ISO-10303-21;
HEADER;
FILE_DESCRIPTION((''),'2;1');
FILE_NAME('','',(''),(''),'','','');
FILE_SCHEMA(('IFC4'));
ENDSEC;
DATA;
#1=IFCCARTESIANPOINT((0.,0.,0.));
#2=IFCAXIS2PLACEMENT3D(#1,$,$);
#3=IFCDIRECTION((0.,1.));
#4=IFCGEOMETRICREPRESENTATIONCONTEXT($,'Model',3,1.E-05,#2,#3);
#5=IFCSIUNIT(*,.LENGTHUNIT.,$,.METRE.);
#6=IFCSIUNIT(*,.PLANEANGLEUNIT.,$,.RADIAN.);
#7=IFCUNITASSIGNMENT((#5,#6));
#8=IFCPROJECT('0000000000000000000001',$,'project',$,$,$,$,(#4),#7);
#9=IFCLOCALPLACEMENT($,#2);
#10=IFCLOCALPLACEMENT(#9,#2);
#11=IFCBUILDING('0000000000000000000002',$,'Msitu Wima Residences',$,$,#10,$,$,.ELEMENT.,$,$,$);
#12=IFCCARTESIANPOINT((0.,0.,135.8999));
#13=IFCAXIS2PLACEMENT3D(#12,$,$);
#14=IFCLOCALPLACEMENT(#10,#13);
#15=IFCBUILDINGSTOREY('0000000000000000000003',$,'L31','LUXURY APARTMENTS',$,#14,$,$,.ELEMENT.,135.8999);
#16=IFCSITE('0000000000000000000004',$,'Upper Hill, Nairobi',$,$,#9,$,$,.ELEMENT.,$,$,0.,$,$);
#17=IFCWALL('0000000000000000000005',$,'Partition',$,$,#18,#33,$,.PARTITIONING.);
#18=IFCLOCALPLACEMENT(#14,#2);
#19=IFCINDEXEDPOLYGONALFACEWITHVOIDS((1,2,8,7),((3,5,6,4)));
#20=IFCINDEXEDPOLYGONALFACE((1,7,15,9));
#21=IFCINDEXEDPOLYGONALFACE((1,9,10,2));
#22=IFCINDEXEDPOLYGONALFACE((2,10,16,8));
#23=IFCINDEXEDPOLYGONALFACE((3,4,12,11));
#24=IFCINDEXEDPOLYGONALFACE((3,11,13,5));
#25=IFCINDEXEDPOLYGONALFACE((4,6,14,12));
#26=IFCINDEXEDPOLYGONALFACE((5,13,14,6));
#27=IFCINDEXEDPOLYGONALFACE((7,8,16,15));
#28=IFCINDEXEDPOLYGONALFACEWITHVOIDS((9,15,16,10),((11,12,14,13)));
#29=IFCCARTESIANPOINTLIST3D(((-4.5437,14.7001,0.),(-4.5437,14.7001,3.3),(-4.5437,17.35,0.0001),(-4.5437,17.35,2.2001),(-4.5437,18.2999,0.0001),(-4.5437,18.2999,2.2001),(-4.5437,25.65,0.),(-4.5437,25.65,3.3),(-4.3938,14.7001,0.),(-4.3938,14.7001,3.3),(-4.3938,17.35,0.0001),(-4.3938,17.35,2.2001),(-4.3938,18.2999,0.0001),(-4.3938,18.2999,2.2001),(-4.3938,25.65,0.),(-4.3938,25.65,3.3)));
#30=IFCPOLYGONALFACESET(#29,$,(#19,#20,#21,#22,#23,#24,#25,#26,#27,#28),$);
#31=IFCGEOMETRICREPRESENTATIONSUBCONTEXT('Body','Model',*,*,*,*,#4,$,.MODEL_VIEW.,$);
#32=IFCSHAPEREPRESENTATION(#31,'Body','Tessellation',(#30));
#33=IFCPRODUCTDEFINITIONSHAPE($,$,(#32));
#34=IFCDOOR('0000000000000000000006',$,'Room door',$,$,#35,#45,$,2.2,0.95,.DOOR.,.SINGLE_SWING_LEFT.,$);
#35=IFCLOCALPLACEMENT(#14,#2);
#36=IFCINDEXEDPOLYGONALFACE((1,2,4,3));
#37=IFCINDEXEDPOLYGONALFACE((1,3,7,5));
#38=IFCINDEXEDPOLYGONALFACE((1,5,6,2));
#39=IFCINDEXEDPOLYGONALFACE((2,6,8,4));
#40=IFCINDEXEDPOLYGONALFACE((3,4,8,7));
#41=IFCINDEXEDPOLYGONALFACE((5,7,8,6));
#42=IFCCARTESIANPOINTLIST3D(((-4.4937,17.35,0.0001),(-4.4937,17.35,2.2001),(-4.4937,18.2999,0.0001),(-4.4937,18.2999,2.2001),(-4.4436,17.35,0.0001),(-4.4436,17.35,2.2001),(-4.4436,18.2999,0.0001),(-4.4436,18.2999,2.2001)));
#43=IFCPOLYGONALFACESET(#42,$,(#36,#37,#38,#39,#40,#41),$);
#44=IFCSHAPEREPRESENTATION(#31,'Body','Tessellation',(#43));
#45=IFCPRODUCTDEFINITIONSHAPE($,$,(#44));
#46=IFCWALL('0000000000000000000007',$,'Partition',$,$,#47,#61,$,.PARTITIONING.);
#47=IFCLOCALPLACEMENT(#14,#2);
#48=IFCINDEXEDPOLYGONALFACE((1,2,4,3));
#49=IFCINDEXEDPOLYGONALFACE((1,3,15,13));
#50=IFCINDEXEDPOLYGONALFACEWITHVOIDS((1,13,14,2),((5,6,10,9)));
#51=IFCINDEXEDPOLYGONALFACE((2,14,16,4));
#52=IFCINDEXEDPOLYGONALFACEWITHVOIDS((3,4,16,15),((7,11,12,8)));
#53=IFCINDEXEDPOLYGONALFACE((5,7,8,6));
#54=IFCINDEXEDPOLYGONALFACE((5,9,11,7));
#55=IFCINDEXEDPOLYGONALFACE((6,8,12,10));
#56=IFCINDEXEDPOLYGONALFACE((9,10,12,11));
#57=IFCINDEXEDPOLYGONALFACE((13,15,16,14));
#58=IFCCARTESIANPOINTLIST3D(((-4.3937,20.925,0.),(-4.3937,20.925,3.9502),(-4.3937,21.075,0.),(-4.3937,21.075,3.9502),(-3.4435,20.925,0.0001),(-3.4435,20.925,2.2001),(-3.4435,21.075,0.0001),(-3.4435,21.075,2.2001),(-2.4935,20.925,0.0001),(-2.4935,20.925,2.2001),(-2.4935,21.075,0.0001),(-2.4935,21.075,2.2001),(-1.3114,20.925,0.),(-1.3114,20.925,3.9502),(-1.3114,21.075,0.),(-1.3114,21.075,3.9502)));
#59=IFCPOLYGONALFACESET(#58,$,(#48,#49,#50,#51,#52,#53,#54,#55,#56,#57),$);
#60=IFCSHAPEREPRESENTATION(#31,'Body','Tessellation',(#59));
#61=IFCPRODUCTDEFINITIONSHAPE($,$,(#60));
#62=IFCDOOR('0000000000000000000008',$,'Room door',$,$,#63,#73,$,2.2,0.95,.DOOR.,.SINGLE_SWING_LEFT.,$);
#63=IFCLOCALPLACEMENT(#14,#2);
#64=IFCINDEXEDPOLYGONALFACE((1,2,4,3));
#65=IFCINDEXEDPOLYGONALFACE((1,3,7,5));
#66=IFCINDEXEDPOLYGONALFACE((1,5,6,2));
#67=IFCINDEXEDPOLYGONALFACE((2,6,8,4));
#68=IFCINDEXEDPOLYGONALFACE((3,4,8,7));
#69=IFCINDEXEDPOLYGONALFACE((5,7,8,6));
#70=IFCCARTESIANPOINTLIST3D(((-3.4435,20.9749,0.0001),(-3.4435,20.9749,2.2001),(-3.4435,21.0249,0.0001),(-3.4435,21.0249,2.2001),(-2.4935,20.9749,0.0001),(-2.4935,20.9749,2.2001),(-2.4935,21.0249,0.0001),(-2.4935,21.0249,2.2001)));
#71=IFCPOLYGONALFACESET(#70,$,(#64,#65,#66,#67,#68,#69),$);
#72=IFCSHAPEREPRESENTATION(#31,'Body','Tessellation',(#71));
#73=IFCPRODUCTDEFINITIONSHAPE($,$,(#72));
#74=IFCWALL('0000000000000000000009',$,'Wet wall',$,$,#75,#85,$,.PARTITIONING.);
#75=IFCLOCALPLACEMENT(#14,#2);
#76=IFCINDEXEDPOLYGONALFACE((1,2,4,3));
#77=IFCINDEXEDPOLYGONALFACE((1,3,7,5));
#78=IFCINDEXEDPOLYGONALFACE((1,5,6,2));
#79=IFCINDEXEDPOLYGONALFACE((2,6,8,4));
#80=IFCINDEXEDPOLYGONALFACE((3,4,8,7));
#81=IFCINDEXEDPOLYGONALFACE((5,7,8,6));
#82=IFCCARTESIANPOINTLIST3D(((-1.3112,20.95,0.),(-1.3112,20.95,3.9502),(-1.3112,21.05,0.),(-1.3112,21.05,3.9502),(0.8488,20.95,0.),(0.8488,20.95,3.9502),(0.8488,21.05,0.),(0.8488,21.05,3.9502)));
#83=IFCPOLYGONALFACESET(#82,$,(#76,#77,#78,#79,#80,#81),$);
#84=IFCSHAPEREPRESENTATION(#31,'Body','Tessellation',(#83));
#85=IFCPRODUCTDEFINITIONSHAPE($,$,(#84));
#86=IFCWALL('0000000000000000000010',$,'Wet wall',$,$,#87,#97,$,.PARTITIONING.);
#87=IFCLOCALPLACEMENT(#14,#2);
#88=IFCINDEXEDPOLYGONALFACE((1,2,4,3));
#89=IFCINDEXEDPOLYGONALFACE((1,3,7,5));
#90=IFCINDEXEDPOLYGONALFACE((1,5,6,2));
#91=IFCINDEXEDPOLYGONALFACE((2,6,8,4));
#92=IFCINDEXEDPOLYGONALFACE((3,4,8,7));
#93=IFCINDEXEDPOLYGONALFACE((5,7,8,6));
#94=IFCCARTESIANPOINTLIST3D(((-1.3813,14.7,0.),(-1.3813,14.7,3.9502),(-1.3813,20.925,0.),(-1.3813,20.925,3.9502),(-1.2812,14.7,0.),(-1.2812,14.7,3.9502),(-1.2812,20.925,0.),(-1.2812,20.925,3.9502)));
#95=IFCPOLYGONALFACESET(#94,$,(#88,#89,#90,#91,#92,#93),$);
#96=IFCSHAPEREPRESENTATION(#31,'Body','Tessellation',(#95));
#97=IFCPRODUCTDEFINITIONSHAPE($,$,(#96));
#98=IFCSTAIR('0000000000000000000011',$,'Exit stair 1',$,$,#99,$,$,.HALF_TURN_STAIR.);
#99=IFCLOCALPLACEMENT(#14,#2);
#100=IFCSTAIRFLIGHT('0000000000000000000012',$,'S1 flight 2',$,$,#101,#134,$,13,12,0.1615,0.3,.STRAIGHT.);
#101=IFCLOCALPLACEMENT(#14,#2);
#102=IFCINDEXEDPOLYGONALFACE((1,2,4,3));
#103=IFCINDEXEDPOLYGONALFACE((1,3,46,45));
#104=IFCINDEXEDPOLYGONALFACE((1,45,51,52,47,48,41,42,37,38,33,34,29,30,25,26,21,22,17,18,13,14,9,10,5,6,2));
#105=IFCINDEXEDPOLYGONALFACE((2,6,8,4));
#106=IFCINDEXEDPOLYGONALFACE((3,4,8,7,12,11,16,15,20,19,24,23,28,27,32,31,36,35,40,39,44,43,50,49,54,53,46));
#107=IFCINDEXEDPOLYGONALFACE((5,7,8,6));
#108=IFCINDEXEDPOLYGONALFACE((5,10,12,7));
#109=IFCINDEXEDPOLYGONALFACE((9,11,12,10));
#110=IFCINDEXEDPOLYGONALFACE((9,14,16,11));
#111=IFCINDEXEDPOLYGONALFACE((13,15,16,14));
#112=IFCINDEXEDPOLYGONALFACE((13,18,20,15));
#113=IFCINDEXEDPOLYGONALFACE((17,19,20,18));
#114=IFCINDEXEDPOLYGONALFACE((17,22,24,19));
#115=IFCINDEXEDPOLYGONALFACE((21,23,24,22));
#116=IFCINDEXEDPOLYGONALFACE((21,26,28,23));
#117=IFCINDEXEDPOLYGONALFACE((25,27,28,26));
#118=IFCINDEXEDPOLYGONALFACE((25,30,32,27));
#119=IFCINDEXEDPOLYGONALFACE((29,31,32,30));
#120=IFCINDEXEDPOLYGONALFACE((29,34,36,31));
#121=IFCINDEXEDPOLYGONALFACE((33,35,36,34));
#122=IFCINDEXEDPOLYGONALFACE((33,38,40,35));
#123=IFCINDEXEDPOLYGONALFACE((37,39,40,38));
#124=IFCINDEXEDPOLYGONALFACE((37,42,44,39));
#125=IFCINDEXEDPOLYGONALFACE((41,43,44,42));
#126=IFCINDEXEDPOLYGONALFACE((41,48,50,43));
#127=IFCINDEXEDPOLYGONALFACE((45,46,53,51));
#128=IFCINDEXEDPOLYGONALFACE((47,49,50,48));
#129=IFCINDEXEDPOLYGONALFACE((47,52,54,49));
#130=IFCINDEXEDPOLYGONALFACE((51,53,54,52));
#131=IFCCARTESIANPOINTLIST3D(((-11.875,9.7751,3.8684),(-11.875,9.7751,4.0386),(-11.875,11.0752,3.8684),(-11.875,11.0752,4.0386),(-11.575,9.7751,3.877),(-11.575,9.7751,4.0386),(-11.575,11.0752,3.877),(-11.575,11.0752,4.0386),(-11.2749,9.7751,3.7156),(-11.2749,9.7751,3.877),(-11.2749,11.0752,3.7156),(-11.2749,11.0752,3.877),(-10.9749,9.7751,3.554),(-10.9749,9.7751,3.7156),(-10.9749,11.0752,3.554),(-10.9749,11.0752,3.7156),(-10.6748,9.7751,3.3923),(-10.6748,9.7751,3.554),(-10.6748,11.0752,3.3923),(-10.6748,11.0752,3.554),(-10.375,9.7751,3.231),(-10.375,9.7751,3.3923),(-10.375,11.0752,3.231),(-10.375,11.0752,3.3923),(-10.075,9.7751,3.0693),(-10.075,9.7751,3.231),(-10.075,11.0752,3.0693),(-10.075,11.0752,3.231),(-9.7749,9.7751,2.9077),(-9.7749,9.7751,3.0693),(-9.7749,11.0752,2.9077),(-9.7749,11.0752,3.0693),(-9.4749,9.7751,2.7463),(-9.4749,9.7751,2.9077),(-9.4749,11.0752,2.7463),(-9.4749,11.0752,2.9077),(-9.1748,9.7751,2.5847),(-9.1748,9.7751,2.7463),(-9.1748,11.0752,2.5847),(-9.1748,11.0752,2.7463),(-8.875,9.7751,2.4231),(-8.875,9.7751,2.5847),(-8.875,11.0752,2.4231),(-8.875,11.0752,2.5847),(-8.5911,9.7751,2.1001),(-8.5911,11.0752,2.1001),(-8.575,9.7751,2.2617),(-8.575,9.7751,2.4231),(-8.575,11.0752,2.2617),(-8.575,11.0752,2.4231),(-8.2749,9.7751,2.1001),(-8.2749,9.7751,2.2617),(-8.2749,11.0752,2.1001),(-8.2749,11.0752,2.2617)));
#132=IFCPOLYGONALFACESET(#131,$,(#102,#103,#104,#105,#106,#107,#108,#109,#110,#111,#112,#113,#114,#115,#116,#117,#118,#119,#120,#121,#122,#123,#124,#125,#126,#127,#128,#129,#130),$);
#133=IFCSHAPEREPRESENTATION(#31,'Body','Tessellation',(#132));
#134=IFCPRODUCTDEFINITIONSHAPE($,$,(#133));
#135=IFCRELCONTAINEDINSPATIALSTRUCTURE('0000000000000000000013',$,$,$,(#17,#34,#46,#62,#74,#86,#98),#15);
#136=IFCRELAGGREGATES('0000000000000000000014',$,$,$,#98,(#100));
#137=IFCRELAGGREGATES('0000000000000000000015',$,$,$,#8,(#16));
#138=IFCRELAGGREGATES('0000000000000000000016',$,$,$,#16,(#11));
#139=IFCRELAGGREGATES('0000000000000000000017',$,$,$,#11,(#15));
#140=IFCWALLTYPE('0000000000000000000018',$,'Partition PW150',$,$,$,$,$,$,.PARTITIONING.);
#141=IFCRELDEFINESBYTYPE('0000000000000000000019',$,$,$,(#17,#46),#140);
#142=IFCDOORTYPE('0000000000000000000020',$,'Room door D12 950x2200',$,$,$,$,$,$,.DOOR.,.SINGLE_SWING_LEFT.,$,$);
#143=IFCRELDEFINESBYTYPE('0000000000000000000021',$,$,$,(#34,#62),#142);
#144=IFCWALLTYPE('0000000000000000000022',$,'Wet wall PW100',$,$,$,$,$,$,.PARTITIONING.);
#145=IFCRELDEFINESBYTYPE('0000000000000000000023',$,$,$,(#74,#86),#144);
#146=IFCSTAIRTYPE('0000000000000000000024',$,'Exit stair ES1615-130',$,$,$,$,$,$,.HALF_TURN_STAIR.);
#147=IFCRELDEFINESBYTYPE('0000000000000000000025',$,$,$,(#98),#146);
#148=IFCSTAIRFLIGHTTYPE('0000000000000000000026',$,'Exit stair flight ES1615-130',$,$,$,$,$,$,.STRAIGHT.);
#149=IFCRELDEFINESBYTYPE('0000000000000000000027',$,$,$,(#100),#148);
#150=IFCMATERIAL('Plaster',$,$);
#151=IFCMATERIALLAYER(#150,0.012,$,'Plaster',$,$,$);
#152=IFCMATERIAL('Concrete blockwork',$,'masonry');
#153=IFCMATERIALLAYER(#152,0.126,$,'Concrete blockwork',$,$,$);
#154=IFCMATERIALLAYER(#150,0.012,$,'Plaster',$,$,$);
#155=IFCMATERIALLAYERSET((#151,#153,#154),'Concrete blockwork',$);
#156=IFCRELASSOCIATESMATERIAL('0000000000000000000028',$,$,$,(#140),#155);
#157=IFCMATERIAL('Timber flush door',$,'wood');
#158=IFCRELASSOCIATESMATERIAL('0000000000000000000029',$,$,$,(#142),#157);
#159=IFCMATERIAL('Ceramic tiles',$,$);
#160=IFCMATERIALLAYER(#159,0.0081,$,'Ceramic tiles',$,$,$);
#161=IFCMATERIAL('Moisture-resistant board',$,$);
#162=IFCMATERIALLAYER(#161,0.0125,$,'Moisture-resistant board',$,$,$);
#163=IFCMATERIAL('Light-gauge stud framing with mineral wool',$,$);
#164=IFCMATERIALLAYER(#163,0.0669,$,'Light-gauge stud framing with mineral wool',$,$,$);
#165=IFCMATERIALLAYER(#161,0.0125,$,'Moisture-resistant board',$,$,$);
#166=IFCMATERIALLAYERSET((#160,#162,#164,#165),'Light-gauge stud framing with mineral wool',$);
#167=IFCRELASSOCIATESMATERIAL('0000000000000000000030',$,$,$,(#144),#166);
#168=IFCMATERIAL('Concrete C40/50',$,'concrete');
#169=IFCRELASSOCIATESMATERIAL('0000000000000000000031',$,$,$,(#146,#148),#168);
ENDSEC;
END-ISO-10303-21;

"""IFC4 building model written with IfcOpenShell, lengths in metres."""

from ifc_helpers import new_model, si_unit, direction, frame, frame_2d, origin, place, context, subcontext, project, spatial, polyline, rectangle, outline, extrude, material, layer, layer_set, type_object, element, fill, aggregate, save


model = new_model("IFC4")

# Units and contexts
model_context = context("Model", 3, precision=1e-05, world=origin(), true_north=direction((0.0, 1.0)))
body_context = subcontext(model_context, "Body", "Model", "MODEL_VIEW")
ifc_project = project(units=[si_unit("LENGTHUNIT", "METRE"), si_unit("PLANEANGLEUNIT", "RADIAN")], contexts=[model_context])

# Site, building, storey
site_placement = place(None, origin())
site = spatial("IfcSite", under=ifc_project, at=site_placement, Name="Upper Hill, Nairobi", CompositionType="ELEMENT", RefElevation=0.0)
building_placement = place(site_placement, origin())
building = spatial("IfcBuilding", under=site, at=building_placement, Name="Msitu Wima Residences", CompositionType="ELEMENT")
storey_placement = place(building_placement, frame((0.0, 0.0, 135.8999)))
storey = spatial("IfcBuildingStorey", under=building, at=storey_placement, Name="L31", Description="LUXURY APARTMENTS", CompositionType="ELEMENT", Elevation=135.8999)

# Shared definitions
ifc_material_1 = material(Name="Concrete C40/50", Category="concrete")

# Shared definitions
ifc_material_2 = material(Name="Plaster")
ifc_layer_1 = layer(ifc_material_2, 0.012, Name="Plaster")
ifc_material_3 = material(Name="Concrete blockwork", Category="masonry")
ifc_layer_2 = layer(ifc_material_3, 0.126, Name="Concrete blockwork")
ifc_layer_3 = layer(ifc_material_2, 0.012, Name="Plaster")
ifc_layer_set_1 = layer_set([ifc_layer_1, ifc_layer_2, ifc_layer_3], Name="Concrete blockwork")
wall_type_1 = type_object("IfcWallType", Name="Partition PW150", PredefinedType="PARTITIONING", material=ifc_layer_set_1)
ifc_material_4 = material(Name="Timber flush door", Category="wood")
door_type_1 = type_object("IfcDoorType", Name="Room door D12 950x2200", OperationType="SINGLE_SWING_LEFT", PredefinedType="DOOR", material=ifc_material_4)

# Walls, openings, doors
wall_1_placement = place(storey_placement, frame((-4.4688, 14.7, 0.0), z_axis=(0.0, 0.0, 1.0), x_axis=(0.0, 1.0, 0.0)))
wall_1 = element("IfcWall", 1, at=wall_1_placement, inside=storey, type_object=wall_type_1, Name="Partition", PredefinedType="PARTITIONING", context=body_context, shape_type="SweptSolid", body=[
    extrude(rectangle(XDim=10.95, YDim=0.1499, at=frame_2d((5.4751, 0.0))), origin(), (0.0, 0.0, 1.0), 3.3),
])
opening_1_placement = place(wall_1_placement, frame((2.6499, 0.0, 0.0)))
opening_1 = element("IfcOpeningElement", 2, at=opening_1_placement, cuts=wall_1, PredefinedType="OPENING", context=body_context, shape_type="SweptSolid", body=[
    extrude(rectangle(XDim=0.95, YDim=2.2, at=frame_2d((0.4751, 1.1001))), frame((0.0, 0.085, 0.0), z_axis=(0.0, -1.0, 0.0), x_axis=(1.0, 0.0, 0.0)), (0.0, 0.0, 1.0), 0.1699),
])
door_1_placement = place(opening_1_placement, origin())
door_1 = element("IfcDoor", 3, at=door_1_placement, inside=storey, type_object=door_type_1, Name="Room door", OperationType="SINGLE_SWING_LEFT", OverallHeight=2.2, OverallWidth=0.95, PredefinedType="DOOR", context=body_context, shape_type="SweptSolid", body=[
    extrude(rectangle(XDim=0.95, YDim=2.2, at=frame_2d((0.4751, 1.1001))), frame((0.0, 0.0249, 0.0), z_axis=(0.0, -1.0, 0.0), x_axis=(1.0, 0.0, 0.0)), (0.0, 0.0, 1.0), 0.05),
])
fill(opening_1, door_1)
wall_2_placement = place(storey_placement, frame((-4.3936, 21.0, 0.0), z_axis=(0.0, 0.0, 1.0), x_axis=(1.0, 0.0, 0.0)))
wall_2 = element("IfcWall", 4, at=wall_2_placement, inside=storey, type_object=wall_type_1, Name="Partition", PredefinedType="PARTITIONING", context=body_context, shape_type="SweptSolid", body=[
    extrude(rectangle(XDim=3.0823, YDim=0.1499, at=frame_2d((1.541, 0.0))), origin(), (0.0, 0.0, 1.0), 3.9502),
])
opening_2_placement = place(wall_2_placement, frame((0.95, 0.0, 0.0)))
opening_2 = element("IfcOpeningElement", 5, at=opening_2_placement, cuts=wall_2, PredefinedType="OPENING", context=body_context, shape_type="SweptSolid", body=[
    extrude(rectangle(XDim=0.95, YDim=2.2, at=frame_2d((0.4751, 1.1001))), frame((0.0, 0.085, 0.0), z_axis=(0.0, -1.0, 0.0), x_axis=(1.0, 0.0, 0.0)), (0.0, 0.0, 1.0), 0.1699),
])
door_2_placement = place(opening_2_placement, origin())
door_2 = element("IfcDoor", 6, at=door_2_placement, inside=storey, type_object=door_type_1, Name="Room door", OperationType="SINGLE_SWING_LEFT", OverallHeight=2.2, OverallWidth=0.95, PredefinedType="DOOR", context=body_context, shape_type="SweptSolid", body=[
    extrude(rectangle(XDim=0.95, YDim=2.2, at=frame_2d((0.4751, 1.1001))), frame((0.0, 0.0249, 0.0), z_axis=(0.0, -1.0, 0.0), x_axis=(1.0, 0.0, 0.0)), (0.0, 0.0, 1.0), 0.05),
])
fill(opening_2, door_2)

# Walls
ifc_material_5 = material(Name="Ceramic tiles")
ifc_layer_4 = layer(ifc_material_5, 0.0081, Name="Ceramic tiles")
ifc_material_6 = material(Name="Moisture-resistant board")
ifc_layer_5 = layer(ifc_material_6, 0.0125, Name="Moisture-resistant board")
ifc_material_7 = material(Name="Light-gauge stud framing with mineral wool")
ifc_layer_6 = layer(ifc_material_7, 0.0669, Name="Light-gauge stud framing with mineral wool")
ifc_layer_7 = layer(ifc_material_6, 0.0125, Name="Moisture-resistant board")
ifc_layer_set_2 = layer_set([ifc_layer_4, ifc_layer_5, ifc_layer_6, ifc_layer_7], Name="Light-gauge stud framing with mineral wool")
wall_type_2 = type_object("IfcWallType", Name="Wet wall PW100", PredefinedType="PARTITIONING", material=ifc_layer_set_2)
wall_3_placement = place(storey_placement, frame((-1.3113, 21.0, 0.0), z_axis=(0.0, 0.0, 1.0), x_axis=(1.0, 0.0, 0.0)))
element("IfcWall", 7, at=wall_3_placement, inside=storey, type_object=wall_type_2, Name="Wet wall", PredefinedType="PARTITIONING", context=body_context, shape_type="SweptSolid", body=[
    extrude(rectangle(XDim=2.1599, YDim=0.1001, at=frame_2d((1.0801, 0.0))), origin(), (0.0, 0.0, 1.0), 3.9502),
])
wall_4_placement = place(storey_placement, frame((-1.3313, 14.7, 0.0), z_axis=(0.0, 0.0, 1.0), x_axis=(0.0, 1.0, 0.0)))
element("IfcWall", 8, at=wall_4_placement, inside=storey, type_object=wall_type_2, Name="Wet wall", PredefinedType="PARTITIONING", context=body_context, shape_type="SweptSolid", body=[
    extrude(rectangle(XDim=6.2251, YDim=0.1001, at=frame_2d((3.1125, 0.0))), origin(), (0.0, 0.0, 1.0), 3.9502),
])

# Stair, stair flight
stair_type = type_object("IfcStairType", Name="Exit stair ES1615-130", PredefinedType="HALF_TURN_STAIR", material=ifc_material_1)
stair_placement = place(storey_placement, origin())
stair = element("IfcStair", 9, at=stair_placement, inside=storey, type_object=stair_type, Name="Exit stair 1", PredefinedType="HALF_TURN_STAIR")
stair_flight_type = type_object("IfcStairFlightType", Name="Exit stair flight ES1615-130", PredefinedType="STRAIGHT", material=ifc_material_1)
stair_flight_placement = place(storey_placement, frame((-8.2749, 10.425, 2.1001), z_axis=(0.0, 0.0, 1.0), x_axis=(-1.0, 0.0, 0.0)))
stair_flight = element("IfcStairFlight", 10, at=stair_flight_placement, type_object=stair_flight_type, Name="S1 flight 2", NumberOfRisers=13, NumberOfTreads=12, PredefinedType="STRAIGHT", RiserHeight=0.1615, TreadLength=0.3, context=body_context, shape_type="SweptSolid", body=[
    extrude(outline(polyline([(0.0, 0.0), (0.0, 0.1616), (0.3, 0.1616), (0.3, 0.323), (0.6001, 0.323), (0.6001, 0.4846), (0.8999, 0.4846), (0.8999, 0.6462), (1.2, 0.6462), (1.2, 0.8076), (1.5, 0.8076), (1.5, 0.9692), (1.8, 0.9692), (1.8, 1.1309), (2.1001, 1.1309), (2.1001, 1.2922), (2.3999, 1.2922), (2.3999, 1.4539), (2.7, 1.4539), (2.7, 1.6155), (3.0, 1.6155), (3.0, 1.7769), (3.3, 1.7769), (3.3, 1.9385), (3.6001, 1.9385), (3.6001, 2.1001), (3.6001, 1.7683), (0.3162, 0.0), (0.0, 0.0)])), frame((0.0, 0.6499, 0.0), z_axis=(0.0, -1.0, 0.0), x_axis=(1.0, 0.0, 0.0)), (0.0, 0.0, 1.0), 1.3),
])
aggregate(stair, [stair_flight])

save(model, "model.ifc")
